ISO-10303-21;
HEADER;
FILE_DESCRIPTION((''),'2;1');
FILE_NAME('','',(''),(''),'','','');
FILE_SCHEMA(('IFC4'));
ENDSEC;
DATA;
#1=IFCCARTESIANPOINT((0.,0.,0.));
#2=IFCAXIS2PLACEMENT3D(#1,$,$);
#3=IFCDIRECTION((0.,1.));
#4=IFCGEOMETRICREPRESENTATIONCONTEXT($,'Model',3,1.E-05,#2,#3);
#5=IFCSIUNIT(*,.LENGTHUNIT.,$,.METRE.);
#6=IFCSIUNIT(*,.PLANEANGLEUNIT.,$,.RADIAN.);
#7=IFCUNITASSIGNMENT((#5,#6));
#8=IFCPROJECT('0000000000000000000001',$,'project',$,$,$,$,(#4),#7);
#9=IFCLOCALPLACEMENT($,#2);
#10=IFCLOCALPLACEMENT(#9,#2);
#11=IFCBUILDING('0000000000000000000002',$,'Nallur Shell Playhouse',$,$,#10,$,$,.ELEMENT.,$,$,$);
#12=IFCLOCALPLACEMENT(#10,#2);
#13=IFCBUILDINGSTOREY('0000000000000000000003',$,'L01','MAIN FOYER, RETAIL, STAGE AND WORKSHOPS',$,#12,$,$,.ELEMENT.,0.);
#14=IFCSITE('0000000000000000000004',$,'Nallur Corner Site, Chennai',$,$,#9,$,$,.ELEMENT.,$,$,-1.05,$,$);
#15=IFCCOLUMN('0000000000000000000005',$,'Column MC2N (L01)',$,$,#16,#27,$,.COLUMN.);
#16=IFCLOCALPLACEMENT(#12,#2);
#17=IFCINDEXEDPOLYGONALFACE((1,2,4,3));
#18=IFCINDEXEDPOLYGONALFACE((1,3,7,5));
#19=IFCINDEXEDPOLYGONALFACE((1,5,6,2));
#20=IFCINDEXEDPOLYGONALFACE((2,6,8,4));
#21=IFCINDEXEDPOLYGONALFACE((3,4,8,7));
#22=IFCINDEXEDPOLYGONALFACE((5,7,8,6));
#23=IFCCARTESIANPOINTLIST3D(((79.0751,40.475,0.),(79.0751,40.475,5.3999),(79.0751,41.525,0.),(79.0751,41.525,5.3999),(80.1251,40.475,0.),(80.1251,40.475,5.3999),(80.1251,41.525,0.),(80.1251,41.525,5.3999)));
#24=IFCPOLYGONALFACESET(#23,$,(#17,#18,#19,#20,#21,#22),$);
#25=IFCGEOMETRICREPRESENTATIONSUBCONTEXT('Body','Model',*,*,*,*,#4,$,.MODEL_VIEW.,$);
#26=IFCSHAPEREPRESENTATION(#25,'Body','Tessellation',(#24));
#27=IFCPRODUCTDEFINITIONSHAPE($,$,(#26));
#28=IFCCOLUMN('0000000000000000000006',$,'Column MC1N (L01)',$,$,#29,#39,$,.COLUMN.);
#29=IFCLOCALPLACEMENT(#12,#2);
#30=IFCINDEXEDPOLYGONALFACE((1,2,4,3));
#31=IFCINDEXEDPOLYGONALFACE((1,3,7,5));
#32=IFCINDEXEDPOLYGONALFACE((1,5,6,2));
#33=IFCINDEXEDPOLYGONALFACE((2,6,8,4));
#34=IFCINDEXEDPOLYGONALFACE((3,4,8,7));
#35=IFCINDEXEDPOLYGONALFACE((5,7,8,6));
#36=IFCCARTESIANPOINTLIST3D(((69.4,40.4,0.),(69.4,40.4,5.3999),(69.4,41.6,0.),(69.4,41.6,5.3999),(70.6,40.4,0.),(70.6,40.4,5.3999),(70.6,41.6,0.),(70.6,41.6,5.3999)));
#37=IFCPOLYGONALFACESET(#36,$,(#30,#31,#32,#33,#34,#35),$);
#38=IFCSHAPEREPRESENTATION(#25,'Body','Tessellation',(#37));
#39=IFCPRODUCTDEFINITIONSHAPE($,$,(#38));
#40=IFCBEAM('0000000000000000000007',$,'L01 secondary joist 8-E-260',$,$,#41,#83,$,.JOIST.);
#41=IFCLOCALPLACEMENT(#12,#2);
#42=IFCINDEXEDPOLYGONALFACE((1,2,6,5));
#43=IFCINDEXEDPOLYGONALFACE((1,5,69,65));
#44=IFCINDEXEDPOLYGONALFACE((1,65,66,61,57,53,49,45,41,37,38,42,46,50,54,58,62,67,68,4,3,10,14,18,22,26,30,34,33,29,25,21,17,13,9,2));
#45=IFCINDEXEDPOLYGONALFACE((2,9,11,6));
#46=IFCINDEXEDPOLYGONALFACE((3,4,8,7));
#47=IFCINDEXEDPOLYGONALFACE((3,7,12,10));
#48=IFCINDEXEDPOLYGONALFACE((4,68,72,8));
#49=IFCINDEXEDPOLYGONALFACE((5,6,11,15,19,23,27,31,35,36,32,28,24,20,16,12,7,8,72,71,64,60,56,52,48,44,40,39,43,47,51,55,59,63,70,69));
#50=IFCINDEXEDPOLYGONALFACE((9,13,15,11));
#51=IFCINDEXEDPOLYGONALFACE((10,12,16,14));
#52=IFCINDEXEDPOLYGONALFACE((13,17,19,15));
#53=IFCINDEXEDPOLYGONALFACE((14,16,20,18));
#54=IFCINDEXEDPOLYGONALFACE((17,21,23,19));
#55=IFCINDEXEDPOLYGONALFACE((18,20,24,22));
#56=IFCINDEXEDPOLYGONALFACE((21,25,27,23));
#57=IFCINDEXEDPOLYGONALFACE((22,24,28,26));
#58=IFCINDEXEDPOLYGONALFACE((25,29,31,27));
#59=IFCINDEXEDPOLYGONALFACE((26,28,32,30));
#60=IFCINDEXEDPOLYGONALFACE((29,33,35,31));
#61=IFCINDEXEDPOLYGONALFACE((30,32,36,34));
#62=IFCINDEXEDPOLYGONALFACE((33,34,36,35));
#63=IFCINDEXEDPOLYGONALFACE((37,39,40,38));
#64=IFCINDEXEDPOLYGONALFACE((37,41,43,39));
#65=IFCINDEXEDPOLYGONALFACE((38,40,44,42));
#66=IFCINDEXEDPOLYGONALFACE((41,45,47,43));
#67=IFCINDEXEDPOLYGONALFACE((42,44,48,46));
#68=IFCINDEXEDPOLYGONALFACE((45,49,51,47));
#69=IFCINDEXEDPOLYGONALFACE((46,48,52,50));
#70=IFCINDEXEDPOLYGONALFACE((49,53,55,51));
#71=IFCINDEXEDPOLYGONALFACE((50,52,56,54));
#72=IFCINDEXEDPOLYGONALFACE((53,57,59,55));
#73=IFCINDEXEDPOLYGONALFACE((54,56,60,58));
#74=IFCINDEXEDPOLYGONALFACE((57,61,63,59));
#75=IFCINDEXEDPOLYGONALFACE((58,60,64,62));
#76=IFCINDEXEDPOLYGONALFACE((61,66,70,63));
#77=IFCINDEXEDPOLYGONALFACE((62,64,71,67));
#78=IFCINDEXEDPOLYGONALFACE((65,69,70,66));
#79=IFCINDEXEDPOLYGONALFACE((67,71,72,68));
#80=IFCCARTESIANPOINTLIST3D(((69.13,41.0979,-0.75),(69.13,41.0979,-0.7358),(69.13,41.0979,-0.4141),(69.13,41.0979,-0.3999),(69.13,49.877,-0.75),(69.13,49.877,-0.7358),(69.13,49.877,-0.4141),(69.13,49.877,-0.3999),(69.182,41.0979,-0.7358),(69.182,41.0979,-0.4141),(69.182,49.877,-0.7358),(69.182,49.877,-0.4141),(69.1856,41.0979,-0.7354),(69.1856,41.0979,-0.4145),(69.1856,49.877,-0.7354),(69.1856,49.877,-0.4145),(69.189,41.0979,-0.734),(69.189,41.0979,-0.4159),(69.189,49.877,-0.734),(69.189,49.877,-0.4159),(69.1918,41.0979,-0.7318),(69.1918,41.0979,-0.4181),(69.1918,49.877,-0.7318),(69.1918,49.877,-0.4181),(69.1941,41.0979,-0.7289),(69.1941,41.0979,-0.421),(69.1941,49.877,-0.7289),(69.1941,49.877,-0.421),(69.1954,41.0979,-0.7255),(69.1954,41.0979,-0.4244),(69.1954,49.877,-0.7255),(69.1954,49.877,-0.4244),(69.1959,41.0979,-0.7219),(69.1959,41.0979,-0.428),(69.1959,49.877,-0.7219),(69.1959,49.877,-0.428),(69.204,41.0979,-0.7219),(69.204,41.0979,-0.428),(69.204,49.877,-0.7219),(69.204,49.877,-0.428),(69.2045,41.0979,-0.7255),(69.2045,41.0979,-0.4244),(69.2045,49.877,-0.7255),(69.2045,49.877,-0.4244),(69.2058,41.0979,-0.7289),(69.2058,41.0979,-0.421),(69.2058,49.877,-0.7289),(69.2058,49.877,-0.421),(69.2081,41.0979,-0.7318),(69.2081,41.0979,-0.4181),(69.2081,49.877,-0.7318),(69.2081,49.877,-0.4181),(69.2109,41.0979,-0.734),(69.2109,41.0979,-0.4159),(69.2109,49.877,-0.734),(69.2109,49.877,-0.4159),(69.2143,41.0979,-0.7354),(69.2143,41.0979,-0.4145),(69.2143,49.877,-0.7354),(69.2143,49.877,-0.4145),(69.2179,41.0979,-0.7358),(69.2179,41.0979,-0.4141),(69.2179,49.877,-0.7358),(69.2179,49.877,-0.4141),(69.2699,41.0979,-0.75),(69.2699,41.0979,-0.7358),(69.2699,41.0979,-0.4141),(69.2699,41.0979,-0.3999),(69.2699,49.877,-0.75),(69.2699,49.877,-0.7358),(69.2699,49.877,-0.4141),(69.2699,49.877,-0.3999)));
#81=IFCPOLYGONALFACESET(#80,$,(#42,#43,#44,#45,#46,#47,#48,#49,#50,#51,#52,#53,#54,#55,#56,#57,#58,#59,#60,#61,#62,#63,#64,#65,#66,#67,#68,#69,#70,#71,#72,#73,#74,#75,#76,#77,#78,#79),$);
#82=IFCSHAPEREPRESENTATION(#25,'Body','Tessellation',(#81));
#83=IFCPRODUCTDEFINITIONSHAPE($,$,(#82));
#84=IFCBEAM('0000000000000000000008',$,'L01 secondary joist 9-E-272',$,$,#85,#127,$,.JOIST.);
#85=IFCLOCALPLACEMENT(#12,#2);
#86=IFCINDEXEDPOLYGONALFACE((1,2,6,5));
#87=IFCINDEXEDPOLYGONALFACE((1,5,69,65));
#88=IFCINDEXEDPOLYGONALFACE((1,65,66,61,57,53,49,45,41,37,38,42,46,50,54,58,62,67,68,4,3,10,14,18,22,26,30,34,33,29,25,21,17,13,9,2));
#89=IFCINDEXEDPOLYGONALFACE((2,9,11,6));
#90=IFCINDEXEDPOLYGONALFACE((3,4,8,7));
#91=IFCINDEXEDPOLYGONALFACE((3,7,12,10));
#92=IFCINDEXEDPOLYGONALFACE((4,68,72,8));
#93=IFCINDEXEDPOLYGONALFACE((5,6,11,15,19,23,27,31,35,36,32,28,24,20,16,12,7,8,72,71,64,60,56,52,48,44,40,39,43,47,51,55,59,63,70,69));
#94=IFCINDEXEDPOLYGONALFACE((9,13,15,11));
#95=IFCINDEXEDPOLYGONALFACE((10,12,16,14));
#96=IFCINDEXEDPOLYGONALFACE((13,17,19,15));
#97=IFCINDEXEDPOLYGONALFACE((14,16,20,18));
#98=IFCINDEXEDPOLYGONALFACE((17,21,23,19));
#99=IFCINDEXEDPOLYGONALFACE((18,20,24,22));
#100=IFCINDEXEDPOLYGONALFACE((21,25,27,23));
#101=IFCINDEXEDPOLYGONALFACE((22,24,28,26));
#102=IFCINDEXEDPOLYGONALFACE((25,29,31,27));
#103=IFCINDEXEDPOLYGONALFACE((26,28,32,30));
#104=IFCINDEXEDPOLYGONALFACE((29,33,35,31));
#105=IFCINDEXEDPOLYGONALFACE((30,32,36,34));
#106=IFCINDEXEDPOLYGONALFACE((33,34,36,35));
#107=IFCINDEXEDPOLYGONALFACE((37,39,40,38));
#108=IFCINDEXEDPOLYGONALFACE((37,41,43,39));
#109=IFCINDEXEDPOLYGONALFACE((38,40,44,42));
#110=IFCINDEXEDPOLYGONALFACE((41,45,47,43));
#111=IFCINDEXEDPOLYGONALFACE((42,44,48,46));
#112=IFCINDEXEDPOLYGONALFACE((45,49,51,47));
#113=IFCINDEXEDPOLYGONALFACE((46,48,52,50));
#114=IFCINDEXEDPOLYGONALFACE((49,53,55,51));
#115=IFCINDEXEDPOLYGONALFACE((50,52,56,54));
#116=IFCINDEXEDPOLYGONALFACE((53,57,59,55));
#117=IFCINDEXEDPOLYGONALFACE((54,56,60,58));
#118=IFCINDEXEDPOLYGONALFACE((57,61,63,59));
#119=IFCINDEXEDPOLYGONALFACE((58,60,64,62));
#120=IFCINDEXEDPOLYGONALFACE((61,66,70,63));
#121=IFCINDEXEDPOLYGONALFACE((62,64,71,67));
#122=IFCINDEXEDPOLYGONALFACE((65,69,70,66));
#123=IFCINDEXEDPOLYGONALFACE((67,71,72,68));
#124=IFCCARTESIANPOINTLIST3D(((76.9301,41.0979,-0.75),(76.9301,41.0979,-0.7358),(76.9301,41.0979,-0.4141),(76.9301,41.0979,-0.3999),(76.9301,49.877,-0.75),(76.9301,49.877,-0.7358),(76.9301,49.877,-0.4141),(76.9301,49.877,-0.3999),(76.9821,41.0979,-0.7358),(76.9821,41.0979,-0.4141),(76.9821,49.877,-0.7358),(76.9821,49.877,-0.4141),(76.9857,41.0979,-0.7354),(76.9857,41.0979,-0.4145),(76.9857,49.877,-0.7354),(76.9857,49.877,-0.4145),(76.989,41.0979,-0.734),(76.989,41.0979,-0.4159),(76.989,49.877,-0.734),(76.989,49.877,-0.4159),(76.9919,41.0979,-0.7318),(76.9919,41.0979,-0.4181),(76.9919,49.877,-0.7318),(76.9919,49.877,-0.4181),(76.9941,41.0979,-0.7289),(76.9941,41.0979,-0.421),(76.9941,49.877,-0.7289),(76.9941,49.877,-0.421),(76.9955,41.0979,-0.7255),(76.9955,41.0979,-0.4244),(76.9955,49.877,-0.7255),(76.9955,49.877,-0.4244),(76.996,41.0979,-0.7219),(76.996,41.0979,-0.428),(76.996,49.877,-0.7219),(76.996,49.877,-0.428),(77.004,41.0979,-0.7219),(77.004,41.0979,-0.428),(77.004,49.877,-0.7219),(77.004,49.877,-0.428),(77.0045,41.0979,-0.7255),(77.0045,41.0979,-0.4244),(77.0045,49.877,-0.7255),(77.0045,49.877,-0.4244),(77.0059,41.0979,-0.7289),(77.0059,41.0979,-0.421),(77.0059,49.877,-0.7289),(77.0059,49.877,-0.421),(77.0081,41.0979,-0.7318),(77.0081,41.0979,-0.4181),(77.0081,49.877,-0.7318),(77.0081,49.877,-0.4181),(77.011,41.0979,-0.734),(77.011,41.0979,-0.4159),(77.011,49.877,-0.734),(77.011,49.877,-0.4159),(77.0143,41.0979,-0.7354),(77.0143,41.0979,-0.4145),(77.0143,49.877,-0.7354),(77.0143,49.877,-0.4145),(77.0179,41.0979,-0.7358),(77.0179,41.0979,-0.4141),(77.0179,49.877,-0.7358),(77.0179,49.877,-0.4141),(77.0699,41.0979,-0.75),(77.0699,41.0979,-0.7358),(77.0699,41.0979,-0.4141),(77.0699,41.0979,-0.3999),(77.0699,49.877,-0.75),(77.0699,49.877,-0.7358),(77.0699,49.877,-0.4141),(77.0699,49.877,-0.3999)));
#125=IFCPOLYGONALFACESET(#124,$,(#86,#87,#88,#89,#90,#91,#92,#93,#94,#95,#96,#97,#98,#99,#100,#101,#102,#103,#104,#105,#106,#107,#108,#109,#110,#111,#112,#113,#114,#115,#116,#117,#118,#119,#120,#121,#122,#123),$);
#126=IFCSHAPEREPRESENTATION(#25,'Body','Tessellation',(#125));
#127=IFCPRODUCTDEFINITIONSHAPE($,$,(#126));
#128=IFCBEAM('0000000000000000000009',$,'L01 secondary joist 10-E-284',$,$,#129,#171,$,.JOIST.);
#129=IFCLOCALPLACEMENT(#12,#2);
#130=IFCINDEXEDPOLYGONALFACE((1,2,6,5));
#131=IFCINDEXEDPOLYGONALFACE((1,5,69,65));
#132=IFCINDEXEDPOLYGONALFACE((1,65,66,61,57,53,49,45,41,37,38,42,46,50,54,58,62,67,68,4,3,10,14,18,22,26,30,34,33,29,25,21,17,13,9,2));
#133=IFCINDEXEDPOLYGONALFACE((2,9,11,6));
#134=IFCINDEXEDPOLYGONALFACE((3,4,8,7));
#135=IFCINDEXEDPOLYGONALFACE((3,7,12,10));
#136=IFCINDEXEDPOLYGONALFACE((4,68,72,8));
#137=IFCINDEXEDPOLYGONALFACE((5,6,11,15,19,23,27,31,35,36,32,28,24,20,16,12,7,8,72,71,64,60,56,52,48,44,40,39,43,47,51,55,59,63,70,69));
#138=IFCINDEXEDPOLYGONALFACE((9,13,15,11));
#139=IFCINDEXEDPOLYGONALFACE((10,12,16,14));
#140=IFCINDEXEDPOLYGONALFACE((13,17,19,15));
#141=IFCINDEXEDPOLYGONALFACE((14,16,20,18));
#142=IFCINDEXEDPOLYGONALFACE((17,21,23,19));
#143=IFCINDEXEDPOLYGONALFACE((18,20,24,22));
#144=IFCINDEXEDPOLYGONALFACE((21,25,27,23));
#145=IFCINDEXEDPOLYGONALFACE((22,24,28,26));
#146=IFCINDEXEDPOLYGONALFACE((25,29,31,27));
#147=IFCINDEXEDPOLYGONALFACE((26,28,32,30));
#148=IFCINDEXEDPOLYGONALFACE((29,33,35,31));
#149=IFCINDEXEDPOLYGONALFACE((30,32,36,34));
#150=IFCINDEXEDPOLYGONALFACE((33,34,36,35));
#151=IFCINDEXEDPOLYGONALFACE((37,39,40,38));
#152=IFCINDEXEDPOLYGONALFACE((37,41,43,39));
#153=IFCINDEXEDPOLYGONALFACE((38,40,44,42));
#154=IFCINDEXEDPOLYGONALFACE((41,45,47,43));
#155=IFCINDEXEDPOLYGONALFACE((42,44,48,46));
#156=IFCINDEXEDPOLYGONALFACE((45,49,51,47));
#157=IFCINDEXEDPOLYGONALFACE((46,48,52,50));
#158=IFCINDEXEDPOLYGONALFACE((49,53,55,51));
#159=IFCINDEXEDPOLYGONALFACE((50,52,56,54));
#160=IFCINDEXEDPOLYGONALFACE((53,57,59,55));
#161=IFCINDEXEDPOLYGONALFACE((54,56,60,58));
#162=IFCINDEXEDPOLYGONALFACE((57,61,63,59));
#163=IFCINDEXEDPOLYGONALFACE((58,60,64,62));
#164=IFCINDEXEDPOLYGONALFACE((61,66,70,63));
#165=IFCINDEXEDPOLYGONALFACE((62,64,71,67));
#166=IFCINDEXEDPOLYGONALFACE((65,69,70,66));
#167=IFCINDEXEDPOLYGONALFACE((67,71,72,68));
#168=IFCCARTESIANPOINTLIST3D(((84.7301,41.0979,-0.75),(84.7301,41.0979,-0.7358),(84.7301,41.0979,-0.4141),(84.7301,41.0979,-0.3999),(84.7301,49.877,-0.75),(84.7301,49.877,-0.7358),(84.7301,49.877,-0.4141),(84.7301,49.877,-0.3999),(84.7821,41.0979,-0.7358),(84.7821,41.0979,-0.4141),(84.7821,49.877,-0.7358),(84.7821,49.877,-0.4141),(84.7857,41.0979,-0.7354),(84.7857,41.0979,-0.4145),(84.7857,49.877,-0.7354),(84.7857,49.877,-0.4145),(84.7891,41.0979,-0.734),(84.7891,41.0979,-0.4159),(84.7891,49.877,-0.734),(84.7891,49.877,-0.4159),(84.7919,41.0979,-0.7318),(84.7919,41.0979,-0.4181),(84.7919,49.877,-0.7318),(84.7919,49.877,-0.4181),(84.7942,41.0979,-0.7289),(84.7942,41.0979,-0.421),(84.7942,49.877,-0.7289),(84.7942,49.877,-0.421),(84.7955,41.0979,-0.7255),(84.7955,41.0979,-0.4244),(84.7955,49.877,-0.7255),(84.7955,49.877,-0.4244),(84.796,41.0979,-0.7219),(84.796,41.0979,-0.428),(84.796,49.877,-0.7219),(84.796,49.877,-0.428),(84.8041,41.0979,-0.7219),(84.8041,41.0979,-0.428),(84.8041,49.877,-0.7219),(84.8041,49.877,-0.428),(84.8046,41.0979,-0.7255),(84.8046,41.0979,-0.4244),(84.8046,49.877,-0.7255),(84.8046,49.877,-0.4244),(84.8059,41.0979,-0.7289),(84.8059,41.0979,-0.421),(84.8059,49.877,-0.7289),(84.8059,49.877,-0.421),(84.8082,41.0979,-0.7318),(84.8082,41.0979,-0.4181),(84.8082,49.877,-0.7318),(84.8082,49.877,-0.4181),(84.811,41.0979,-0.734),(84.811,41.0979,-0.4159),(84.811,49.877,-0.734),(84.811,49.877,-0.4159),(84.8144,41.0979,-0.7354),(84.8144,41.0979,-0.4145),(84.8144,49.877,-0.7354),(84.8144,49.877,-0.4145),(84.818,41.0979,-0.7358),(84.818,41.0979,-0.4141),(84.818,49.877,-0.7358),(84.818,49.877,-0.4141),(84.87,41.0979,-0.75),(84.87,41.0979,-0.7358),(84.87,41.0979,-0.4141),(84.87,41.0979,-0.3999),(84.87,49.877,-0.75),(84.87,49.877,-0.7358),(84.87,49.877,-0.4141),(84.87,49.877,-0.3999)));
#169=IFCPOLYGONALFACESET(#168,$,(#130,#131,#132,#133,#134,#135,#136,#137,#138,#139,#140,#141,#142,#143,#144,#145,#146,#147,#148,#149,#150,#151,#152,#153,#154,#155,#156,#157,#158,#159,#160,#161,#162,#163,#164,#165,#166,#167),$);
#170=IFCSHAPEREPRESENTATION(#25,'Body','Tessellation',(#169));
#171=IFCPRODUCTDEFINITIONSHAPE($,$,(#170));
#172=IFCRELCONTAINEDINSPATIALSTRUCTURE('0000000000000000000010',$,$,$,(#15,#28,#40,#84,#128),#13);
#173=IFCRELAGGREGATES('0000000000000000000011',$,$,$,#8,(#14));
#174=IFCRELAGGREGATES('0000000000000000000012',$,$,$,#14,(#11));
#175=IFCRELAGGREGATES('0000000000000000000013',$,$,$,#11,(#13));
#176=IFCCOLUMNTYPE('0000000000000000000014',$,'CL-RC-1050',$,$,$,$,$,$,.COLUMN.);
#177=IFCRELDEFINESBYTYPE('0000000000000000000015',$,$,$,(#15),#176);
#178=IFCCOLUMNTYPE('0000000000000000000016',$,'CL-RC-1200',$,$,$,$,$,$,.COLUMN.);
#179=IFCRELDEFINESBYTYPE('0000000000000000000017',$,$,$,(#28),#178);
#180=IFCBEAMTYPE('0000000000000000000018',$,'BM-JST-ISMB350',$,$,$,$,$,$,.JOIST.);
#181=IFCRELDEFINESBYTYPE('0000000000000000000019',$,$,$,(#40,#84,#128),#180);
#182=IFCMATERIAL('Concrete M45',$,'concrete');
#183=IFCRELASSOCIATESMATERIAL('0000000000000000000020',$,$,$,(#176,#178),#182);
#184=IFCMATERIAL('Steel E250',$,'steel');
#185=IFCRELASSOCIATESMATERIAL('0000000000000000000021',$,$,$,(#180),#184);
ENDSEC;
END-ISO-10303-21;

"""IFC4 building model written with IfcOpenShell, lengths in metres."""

from ifc_helpers import new_model, si_unit, direction, frame, origin, origin_2d, place, context, subcontext, project, spatial, rectangle, i_section, extrude, material, material_profile, profile_set, type_object, element, save


model = new_model("IFC4")

# Units and contexts
model_context = context("Model", 3, precision=1e-05, world=origin(), true_north=direction((0.0, 1.0)))
body_context = subcontext(model_context, "Body", "Model", "MODEL_VIEW")
ifc_project = project(units=[si_unit("LENGTHUNIT", "METRE"), si_unit("PLANEANGLEUNIT", "RADIAN")], contexts=[model_context])

# Site, building, storey
site_placement = place(None, origin())
site = spatial("IfcSite", under=ifc_project, at=site_placement, Name="Nallur Corner Site, Chennai", CompositionType="ELEMENT", RefElevation=-1.05)
building_placement = place(site_placement, origin())
building = spatial("IfcBuilding", under=site, at=building_placement, Name="Nallur Shell Playhouse", CompositionType="ELEMENT")
storey_placement = place(building_placement, origin())
storey = spatial("IfcBuildingStorey", under=building, at=storey_placement, Name="L01", Description="MAIN FOYER, RETAIL, STAGE AND WORKSHOPS", CompositionType="ELEMENT", Elevation=0.0)

# Columns
ifc_material_1 = material(Name="Concrete M45", Category="concrete")
ifc_material_profile_1 = material_profile(ifc_material_1, rectangle(XDim=1.05, YDim=1.05, at=origin_2d()), Name="RC 1050x1050")
ifc_profile_set_1 = profile_set([ifc_material_profile_1], Name="Concrete M45")
column_type_1 = type_object("IfcColumnType", Name="CL-RC-1050", PredefinedType="COLUMN", material=ifc_profile_set_1)
column_1_placement = place(storey_placement, frame((79.6001, 41.0, 0.0), z_axis=(0.0, 0.0, 1.0), x_axis=(1.0, 0.0, 0.0)))
element("IfcColumn", 1, at=column_1_placement, inside=storey, type_object=column_type_1, Name="Column MC2N (L01)", PredefinedType="COLUMN", context=body_context, shape_type="SweptSolid", body=[
    extrude(rectangle(XDim=1.05, YDim=1.05, at=origin_2d()), origin(), (0.0, 0.0, 1.0), 5.3999),
])
ifc_material_profile_2 = material_profile(ifc_material_1, rectangle(XDim=1.2, YDim=1.2, at=origin_2d()), Name="RC 1200x1200")
ifc_profile_set_2 = profile_set([ifc_material_profile_2], Name="Concrete M45")
column_type_2 = type_object("IfcColumnType", Name="CL-RC-1200", PredefinedType="COLUMN", material=ifc_profile_set_2)
column_2_placement = place(storey_placement, frame((70.0, 41.0, 0.0), z_axis=(0.0, 0.0, 1.0), x_axis=(1.0, 0.0, 0.0)))
element("IfcColumn", 2, at=column_2_placement, inside=storey, type_object=column_type_2, Name="Column MC1N (L01)", PredefinedType="COLUMN", context=body_context, shape_type="SweptSolid", body=[
    extrude(rectangle(XDim=1.2, YDim=1.2, at=origin_2d()), origin(), (0.0, 0.0, 1.0), 5.3999),
])

# Beams
ifc_material_2 = material(Name="Steel E250", Category="steel")
ifc_material_profile_3 = material_profile(ifc_material_2, i_section(OverallWidth=0.1399, OverallDepth=0.3501, WebThickness=0.0081, FlangeThickness=0.0142, FilletRadius=0.0139, at=origin_2d()), Name="ISMB 350")
ifc_profile_set_3 = profile_set([ifc_material_profile_3], Name="Steel E250")
beam_type_1 = type_object("IfcBeamType", Name="BM-JST-ISMB350", PredefinedType="JOIST", material=ifc_profile_set_3)
for number, where, z_axis, x_axis, name in (
    (3, (69.2, 41.0979, -0.575), (0.0, 1.0, 0.0), (-1.0, 0.0, 0.0), "L01 secondary joist 8-E-260"),
    (4, (77.0, 41.0979, -0.575), (0.0, 1.0, 0.0), (-1.0, 0.0, 0.0), "L01 secondary joist 9-E-272"),
    (5, (84.8, 41.0979, -0.575), (0.0, 1.0, 0.0), (-1.0, 0.0, 0.0), "L01 secondary joist 10-E-284"),
):
    element("IfcBeam", number, at=place(storey_placement, frame(where, z_axis=z_axis, x_axis=x_axis)), inside=storey, type_object=beam_type_1, Name=name, PredefinedType="JOIST", context=body_context, shape_type="SweptSolid", body=[
        extrude(i_section(OverallWidth=0.1399, OverallDepth=0.3501, WebThickness=0.0081, FlangeThickness=0.0142, FilletRadius=0.0139, at=origin_2d()), origin(), (0.0, 0.0, 1.0), 8.7791),
    ])

save(model, "model.ifc")
